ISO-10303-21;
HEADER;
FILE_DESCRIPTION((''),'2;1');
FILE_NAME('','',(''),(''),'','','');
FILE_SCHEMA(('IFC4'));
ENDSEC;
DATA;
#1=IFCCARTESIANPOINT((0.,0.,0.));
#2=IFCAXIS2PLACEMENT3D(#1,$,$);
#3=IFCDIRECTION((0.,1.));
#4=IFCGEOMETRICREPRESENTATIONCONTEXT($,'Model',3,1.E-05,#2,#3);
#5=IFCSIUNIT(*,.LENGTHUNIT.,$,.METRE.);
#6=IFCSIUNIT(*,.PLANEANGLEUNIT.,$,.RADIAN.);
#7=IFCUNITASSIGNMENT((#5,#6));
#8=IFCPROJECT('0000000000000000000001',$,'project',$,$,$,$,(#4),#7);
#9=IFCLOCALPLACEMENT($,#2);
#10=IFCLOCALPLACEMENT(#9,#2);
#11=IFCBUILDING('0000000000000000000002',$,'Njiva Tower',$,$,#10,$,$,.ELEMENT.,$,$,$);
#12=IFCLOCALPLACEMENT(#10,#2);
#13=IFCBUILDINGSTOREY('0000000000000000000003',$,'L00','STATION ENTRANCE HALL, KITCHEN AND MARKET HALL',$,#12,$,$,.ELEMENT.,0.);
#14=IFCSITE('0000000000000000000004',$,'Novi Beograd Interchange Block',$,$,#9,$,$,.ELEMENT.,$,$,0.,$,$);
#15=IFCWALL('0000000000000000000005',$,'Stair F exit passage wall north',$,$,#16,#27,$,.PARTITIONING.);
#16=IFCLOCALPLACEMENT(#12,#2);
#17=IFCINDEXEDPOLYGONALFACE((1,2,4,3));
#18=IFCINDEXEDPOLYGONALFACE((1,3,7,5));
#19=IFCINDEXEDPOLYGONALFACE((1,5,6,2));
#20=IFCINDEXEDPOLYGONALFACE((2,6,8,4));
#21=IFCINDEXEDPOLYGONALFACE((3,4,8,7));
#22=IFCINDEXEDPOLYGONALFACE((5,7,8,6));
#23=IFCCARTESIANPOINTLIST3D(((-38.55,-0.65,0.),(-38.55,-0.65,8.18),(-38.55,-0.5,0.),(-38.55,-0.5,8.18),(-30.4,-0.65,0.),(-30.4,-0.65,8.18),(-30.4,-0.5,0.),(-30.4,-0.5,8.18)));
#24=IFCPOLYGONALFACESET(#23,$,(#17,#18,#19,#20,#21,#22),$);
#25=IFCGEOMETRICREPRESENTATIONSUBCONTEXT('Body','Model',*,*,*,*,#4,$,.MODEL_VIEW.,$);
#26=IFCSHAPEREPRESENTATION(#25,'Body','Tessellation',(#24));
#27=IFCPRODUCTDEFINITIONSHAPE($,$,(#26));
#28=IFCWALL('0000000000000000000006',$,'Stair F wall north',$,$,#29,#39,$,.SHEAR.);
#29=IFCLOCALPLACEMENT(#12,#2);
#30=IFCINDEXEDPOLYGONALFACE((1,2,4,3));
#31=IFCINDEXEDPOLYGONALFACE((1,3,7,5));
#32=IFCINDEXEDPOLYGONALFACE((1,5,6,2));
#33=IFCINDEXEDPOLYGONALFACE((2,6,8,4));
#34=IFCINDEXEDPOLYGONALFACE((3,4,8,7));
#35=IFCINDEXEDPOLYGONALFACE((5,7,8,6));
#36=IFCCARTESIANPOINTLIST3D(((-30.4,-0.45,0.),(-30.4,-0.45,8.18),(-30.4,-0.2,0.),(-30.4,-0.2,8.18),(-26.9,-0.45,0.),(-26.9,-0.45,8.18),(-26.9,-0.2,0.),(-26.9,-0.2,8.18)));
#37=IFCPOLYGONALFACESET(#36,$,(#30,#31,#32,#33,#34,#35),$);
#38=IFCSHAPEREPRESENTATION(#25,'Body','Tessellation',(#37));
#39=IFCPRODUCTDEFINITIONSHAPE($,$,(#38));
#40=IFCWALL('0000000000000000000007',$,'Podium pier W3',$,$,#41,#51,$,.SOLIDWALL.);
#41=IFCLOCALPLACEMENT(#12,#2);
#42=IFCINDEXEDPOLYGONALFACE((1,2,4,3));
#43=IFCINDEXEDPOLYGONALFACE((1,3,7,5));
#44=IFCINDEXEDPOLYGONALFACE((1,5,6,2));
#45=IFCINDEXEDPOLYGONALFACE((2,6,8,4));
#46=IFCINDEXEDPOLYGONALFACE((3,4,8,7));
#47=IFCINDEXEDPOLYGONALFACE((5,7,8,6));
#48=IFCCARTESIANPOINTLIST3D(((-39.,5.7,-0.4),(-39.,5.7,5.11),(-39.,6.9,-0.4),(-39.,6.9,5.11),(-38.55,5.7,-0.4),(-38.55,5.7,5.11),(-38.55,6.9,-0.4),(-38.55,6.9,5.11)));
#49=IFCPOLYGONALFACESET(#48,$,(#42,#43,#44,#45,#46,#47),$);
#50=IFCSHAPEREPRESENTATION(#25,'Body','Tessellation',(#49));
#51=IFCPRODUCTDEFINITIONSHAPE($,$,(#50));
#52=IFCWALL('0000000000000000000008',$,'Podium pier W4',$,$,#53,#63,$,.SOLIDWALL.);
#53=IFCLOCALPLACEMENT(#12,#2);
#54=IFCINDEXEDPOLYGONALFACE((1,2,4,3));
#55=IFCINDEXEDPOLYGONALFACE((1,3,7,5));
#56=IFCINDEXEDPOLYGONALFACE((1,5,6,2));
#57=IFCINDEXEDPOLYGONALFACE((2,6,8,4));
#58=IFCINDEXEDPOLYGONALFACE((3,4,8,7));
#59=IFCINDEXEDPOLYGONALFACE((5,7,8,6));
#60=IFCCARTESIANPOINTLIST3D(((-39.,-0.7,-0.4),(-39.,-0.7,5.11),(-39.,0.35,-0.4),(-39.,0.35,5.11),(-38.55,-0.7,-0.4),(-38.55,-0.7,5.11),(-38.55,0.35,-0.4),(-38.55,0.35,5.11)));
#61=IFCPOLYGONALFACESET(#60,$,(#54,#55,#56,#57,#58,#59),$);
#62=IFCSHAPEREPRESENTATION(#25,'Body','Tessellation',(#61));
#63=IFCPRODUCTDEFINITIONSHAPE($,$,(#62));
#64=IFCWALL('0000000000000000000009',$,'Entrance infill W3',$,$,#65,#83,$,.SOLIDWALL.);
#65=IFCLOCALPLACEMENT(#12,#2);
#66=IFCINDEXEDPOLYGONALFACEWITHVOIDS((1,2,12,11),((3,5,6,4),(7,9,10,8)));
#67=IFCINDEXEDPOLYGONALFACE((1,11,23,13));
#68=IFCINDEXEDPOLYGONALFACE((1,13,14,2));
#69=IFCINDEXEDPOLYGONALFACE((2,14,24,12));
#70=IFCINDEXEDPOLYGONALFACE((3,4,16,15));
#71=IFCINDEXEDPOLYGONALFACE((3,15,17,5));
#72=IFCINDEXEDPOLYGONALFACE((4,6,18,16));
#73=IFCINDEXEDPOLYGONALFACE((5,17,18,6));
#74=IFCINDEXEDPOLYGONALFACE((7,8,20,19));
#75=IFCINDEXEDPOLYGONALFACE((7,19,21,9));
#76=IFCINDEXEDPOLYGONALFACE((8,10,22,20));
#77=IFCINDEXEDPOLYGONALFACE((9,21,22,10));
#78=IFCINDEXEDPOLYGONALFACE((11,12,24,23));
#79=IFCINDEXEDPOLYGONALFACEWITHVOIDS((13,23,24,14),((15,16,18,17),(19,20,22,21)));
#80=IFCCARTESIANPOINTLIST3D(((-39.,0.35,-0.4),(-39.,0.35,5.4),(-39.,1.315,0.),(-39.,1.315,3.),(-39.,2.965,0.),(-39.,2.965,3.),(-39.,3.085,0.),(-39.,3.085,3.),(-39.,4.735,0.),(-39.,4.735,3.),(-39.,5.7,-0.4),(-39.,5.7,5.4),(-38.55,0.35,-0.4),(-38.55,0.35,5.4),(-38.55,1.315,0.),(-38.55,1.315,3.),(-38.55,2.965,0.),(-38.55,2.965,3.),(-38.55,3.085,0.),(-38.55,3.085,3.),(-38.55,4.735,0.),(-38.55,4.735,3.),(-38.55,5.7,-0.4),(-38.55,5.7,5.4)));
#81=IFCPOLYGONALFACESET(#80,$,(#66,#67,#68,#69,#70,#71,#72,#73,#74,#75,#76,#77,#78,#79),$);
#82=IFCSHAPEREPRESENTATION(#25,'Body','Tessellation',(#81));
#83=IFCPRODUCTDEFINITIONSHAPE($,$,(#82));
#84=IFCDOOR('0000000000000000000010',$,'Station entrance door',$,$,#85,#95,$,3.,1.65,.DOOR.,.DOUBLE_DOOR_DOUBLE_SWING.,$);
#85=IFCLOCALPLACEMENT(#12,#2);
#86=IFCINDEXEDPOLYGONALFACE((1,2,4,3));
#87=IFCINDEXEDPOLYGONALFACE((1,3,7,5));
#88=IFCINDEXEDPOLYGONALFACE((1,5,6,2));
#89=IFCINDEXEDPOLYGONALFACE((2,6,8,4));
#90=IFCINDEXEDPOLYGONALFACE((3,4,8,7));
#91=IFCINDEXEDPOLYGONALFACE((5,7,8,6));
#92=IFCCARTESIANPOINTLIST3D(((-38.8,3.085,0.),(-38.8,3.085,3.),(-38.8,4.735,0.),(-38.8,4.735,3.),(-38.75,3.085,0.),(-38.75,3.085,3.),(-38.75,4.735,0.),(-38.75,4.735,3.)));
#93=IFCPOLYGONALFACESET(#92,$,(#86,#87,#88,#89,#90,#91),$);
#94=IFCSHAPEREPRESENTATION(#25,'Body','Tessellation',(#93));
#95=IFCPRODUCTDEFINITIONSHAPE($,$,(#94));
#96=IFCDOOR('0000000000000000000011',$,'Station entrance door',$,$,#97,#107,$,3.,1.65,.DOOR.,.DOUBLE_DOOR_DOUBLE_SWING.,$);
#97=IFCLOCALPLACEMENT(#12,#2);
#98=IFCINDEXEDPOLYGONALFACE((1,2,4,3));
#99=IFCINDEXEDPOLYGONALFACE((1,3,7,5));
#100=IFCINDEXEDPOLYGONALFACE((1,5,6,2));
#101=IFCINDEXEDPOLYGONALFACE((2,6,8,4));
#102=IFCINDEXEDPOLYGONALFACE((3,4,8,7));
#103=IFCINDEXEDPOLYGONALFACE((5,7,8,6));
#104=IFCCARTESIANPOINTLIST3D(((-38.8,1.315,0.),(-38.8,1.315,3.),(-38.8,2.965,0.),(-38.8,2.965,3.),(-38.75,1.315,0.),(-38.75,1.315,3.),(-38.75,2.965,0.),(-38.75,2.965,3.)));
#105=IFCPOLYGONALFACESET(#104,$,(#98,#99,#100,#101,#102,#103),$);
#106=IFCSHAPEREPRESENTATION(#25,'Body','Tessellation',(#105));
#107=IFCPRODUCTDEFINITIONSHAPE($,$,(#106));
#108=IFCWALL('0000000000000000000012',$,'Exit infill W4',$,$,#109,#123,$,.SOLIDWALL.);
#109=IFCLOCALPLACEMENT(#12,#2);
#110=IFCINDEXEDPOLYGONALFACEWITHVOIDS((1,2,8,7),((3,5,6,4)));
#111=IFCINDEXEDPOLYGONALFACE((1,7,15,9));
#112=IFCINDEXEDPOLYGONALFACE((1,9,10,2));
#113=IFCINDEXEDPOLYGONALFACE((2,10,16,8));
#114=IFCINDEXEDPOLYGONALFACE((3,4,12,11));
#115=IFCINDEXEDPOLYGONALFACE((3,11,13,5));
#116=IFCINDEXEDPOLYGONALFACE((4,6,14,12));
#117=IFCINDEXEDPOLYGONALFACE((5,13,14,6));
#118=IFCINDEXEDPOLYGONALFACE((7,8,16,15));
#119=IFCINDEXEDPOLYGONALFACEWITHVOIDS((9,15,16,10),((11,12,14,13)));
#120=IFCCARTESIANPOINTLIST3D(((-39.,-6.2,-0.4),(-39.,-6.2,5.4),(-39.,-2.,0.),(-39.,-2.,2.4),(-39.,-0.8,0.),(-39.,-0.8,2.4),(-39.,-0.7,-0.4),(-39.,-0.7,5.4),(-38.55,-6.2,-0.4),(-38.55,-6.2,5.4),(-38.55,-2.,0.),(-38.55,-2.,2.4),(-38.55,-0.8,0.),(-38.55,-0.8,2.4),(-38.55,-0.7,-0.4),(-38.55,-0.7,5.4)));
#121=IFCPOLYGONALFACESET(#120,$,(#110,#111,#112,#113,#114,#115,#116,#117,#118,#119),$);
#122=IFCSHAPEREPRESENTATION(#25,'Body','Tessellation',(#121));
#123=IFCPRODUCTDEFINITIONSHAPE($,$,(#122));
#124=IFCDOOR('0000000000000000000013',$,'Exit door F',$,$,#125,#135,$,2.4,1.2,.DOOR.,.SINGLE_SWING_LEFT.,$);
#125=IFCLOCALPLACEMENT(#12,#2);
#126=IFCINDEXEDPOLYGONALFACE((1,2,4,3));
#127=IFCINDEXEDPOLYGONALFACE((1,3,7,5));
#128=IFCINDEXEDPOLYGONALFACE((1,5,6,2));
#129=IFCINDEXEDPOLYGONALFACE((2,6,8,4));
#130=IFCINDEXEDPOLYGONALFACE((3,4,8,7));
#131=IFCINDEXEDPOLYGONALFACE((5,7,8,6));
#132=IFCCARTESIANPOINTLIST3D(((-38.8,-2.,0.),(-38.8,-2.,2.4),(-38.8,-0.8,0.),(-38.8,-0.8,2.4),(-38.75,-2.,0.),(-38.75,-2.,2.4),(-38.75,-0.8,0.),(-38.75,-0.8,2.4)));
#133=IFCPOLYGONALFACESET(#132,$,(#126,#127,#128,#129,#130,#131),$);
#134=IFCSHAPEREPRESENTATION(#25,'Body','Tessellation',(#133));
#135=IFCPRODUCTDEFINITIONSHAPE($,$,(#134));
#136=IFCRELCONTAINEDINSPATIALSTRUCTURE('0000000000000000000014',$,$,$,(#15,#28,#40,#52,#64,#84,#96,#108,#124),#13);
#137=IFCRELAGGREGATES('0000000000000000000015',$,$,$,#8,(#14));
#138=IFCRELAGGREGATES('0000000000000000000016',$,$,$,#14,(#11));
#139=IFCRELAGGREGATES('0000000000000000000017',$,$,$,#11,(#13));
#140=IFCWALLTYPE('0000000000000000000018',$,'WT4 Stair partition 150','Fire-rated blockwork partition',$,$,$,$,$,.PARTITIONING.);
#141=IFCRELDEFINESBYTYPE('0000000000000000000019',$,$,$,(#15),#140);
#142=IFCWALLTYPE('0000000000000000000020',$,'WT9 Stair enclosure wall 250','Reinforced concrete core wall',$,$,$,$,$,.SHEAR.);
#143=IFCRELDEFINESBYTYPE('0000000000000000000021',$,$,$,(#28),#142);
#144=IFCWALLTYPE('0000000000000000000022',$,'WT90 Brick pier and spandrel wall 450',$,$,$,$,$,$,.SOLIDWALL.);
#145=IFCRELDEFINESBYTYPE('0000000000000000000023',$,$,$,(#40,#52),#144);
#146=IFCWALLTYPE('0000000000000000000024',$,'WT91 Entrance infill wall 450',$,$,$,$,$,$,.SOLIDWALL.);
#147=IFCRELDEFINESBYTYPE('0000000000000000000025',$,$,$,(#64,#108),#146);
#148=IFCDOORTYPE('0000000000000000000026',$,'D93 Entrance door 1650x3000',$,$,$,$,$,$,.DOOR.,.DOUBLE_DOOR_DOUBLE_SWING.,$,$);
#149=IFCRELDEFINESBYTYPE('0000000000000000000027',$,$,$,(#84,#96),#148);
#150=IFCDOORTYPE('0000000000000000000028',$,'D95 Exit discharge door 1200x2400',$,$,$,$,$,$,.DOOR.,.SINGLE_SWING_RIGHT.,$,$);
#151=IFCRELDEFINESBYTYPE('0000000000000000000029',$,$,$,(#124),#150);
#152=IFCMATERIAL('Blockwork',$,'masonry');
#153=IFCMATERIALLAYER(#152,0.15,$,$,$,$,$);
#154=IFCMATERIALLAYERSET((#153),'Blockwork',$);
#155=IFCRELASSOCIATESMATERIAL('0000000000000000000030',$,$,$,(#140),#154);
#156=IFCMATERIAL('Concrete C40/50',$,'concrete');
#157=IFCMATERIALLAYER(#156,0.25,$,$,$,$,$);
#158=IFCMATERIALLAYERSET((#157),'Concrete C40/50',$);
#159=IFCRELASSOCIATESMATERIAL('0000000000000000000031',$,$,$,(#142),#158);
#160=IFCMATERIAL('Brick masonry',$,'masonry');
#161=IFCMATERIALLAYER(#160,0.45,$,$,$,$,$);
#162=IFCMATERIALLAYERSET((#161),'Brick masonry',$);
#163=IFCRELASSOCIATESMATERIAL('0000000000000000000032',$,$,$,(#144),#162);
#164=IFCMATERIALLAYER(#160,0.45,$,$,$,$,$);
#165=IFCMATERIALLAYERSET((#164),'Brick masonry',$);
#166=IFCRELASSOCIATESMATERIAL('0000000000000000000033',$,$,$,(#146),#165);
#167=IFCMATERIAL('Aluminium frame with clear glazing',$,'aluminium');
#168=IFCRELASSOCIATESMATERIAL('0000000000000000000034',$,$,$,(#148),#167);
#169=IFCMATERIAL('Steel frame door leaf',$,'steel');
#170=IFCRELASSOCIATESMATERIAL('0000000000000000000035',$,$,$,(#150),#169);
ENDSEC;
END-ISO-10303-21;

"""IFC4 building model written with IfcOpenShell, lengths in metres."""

from ifc_helpers import new_model, si_unit, direction, frame, frame_2d, origin, place, context, subcontext, project, spatial, polyline, rectangle, outline, extrude, material, layer, layer_set, type_object, element, fill, save


model = new_model("IFC4")

# Units and contexts
model_context = context("Model", 3, precision=1e-05, world=origin(), true_north=direction((0.0, 1.0)))
body_context = subcontext(model_context, "Body", "Model", "MODEL_VIEW")
ifc_project = project(units=[si_unit("LENGTHUNIT", "METRE"), si_unit("PLANEANGLEUNIT", "RADIAN")], contexts=[model_context])

# Site, building, storey
site_placement = place(None, origin())
site = spatial("IfcSite", under=ifc_project, at=site_placement, Name="Novi Beograd Interchange Block", CompositionType="ELEMENT", RefElevation=0.0)
building_placement = place(site_placement, origin())
building = spatial("IfcBuilding", under=site, at=building_placement, Name="Njiva Tower", CompositionType="ELEMENT")
storey_placement = place(building_placement, origin())
storey = spatial("IfcBuildingStorey", under=building, at=storey_placement, Name="L00", Description="STATION ENTRANCE HALL, KITCHEN AND MARKET HALL", CompositionType="ELEMENT", Elevation=0.0)

# Shared definitions
ifc_material_1 = material(Name="Blockwork", Category="masonry")

# Walls
ifc_layer_1 = layer(ifc_material_1, 0.15)
ifc_layer_set_1 = layer_set([ifc_layer_1], Name="Blockwork")
wall_type_1 = type_object("IfcWallType", Name="WT4 Stair partition 150", Description="Fire-rated blockwork partition", PredefinedType="PARTITIONING", material=ifc_layer_set_1)
wall_1_placement = place(storey_placement, frame((-38.55, -0.575, 0.0), z_axis=(0.0, 0.0, 1.0), x_axis=(1.0, 0.0, 0.0)))
element("IfcWall", 1, at=wall_1_placement, inside=storey, type_object=wall_type_1, Name="Stair F exit passage wall north", PredefinedType="PARTITIONING", context=body_context, shape_type="SweptSolid", body=[
    extrude(rectangle(XDim=8.15, YDim=0.15, at=frame_2d((4.075, 0.0))), origin(), (0.0, 0.0, 1.0), 8.18),
])
ifc_material_2 = material(Name="Concrete C40/50", Category="concrete")
ifc_layer_2 = layer(ifc_material_2, 0.25)
ifc_layer_set_2 = layer_set([ifc_layer_2], Name="Concrete C40/50")
wall_type_2 = type_object("IfcWallType", Name="WT9 Stair enclosure wall 250", Description="Reinforced concrete core wall", PredefinedType="SHEAR", material=ifc_layer_set_2)
wall_2_placement = place(storey_placement, frame((-30.4, -0.325, 0.0), z_axis=(0.0, 0.0, 1.0), x_axis=(1.0, 0.0, 0.0)))
element("IfcWall", 2, at=wall_2_placement, inside=storey, type_object=wall_type_2, Name="Stair F wall north", PredefinedType="SHEAR", context=body_context, shape_type="SweptSolid", body=[
    extrude(rectangle(XDim=3.5, YDim=0.25, at=frame_2d((1.75, 0.0))), origin(), (0.0, 0.0, 1.0), 8.18),
])
ifc_material_3 = material(Name="Brick masonry", Category="masonry")
ifc_layer_3 = layer(ifc_material_3, 0.45)
ifc_layer_set_3 = layer_set([ifc_layer_3], Name="Brick masonry")
wall_type_3 = type_object("IfcWallType", Name="WT90 Brick pier and spandrel wall 450", PredefinedType="SOLIDWALL", material=ifc_layer_set_3)
wall_3_placement = place(storey_placement, frame((-38.775, 6.9, -0.4), z_axis=(0.0, 0.0, 1.0), x_axis=(0.0, -1.0, 0.0)))
element("IfcWall", 3, at=wall_3_placement, inside=storey, type_object=wall_type_3, Name="Podium pier W3", PredefinedType="SOLIDWALL", context=body_context, shape_type="SweptSolid", body=[
    extrude(outline(polyline([(0.0, -0.225), (1.2, -0.225), (1.2, 0.225), (0.0, 0.225), (0.0, -0.225)])), origin(), (0.0, 0.0, 1.0), 5.51),
])
wall_4_placement = place(storey_placement, frame((-38.775, 0.35, -0.4), z_axis=(0.0, 0.0, 1.0), x_axis=(0.0, -1.0, 0.0)))
element("IfcWall", 4, at=wall_4_placement, inside=storey, type_object=wall_type_3, Name="Podium pier W4", PredefinedType="SOLIDWALL", context=body_context, shape_type="SweptSolid", body=[
    extrude(outline(polyline([(0.0, -0.225), (1.05, -0.225), (1.05, 0.225), (0.0, 0.225), (0.0, -0.225)])), origin(), (0.0, 0.0, 1.0), 5.51),
])

# Wall, openings, doors
ifc_layer_4 = layer(ifc_material_3, 0.45)
ifc_layer_set_4 = layer_set([ifc_layer_4], Name="Brick masonry")
wall_type_4 = type_object("IfcWallType", Name="WT91 Entrance infill wall 450", PredefinedType="SOLIDWALL", material=ifc_layer_set_4)
wall_5_placement = place(storey_placement, frame((-38.775, 5.7, -0.4), z_axis=(0.0, 0.0, 1.0), x_axis=(0.0, -1.0, 0.0)))
wall_5 = element("IfcWall", 5, at=wall_5_placement, inside=storey, type_object=wall_type_4, Name="Entrance infill W3", PredefinedType="SOLIDWALL", context=body_context, shape_type="SweptSolid", body=[
    extrude(outline(polyline([(0.0, -0.225), (5.35, -0.225), (5.35, 0.225), (0.0, 0.225), (0.0, -0.225)])), origin(), (0.0, 0.0, 1.0), 5.8),
])
opening_1_placement = place(wall_5_placement, frame((0.965, 0.0, 0.4)))
opening_1 = element("IfcOpeningElement", 6, at=opening_1_placement, cuts=wall_5, PredefinedType="OPENING", context=body_context, shape_type="SweptSolid", body=[
    extrude(rectangle(XDim=1.65, YDim=3.0, at=frame_2d((0.825, 1.5))), frame((0.0, 0.235, 0.0), z_axis=(0.0, -1.0, 0.0), x_axis=(1.0, 0.0, 0.0)), (0.0, 0.0, 1.0), 0.47),
])
opening_2_placement = place(wall_5_placement, frame((2.735, 0.0, 0.4)))
opening_2 = element("IfcOpeningElement", 7, at=opening_2_placement, cuts=wall_5, PredefinedType="OPENING", context=body_context, shape_type="SweptSolid", body=[
    extrude(rectangle(XDim=1.65, YDim=3.0, at=frame_2d((0.825, 1.5))), frame((0.0, 0.235, 0.0), z_axis=(0.0, -1.0, 0.0), x_axis=(1.0, 0.0, 0.0)), (0.0, 0.0, 1.0), 0.47),
])
ifc_material_4 = material(Name="Aluminium frame with clear glazing", Category="aluminium")
door_type_1 = type_object("IfcDoorType", Name="D93 Entrance door 1650x3000", OperationType="DOUBLE_DOOR_DOUBLE_SWING", PredefinedType="DOOR", material=ifc_material_4)
door_1_placement = place(opening_1_placement, frame((1.65, 0.0, 0.0), z_axis=(0.0, 0.0, 1.0), x_axis=(-1.0, 0.0, 0.0)))
door_1 = element("IfcDoor", 8, at=door_1_placement, inside=storey, type_object=door_type_1, Name="Station entrance door", OperationType="DOUBLE_DOOR_DOUBLE_SWING", OverallHeight=3.0, OverallWidth=1.65, PredefinedType="DOOR", context=body_context, shape_type="SweptSolid", body=[
    extrude(rectangle(XDim=1.65, YDim=3.0, at=frame_2d((0.825, 1.5))), frame((0.0, 0.025, 0.0), z_axis=(0.0, -1.0, 0.0), x_axis=(1.0, 0.0, 0.0)), (0.0, 0.0, 1.0), 0.05),
])
fill(opening_1, door_1)
door_2_placement = place(opening_2_placement, frame((1.65, 0.0, 0.0), z_axis=(0.0, 0.0, 1.0), x_axis=(-1.0, 0.0, 0.0)))
door_2 = element("IfcDoor", 9, at=door_2_placement, inside=storey, type_object=door_type_1, Name="Station entrance door", OperationType="DOUBLE_DOOR_DOUBLE_SWING", OverallHeight=3.0, OverallWidth=1.65, PredefinedType="DOOR", context=body_context, shape_type="SweptSolid", body=[
    extrude(rectangle(XDim=1.65, YDim=3.0, at=frame_2d((0.825, 1.5))), frame((0.0, 0.025, 0.0), z_axis=(0.0, -1.0, 0.0), x_axis=(1.0, 0.0, 0.0)), (0.0, 0.0, 1.0), 0.05),
])
fill(opening_2, door_2)

# Wall, opening, door
wall_6_placement = place(storey_placement, frame((-38.775, -0.7, -0.4), z_axis=(0.0, 0.0, 1.0), x_axis=(0.0, -1.0, 0.0)))
wall_6 = element("IfcWall", 10, at=wall_6_placement, inside=storey, type_object=wall_type_4, Name="Exit infill W4", PredefinedType="SOLIDWALL", context=body_context, shape_type="SweptSolid", body=[
    extrude(outline(polyline([(0.0, -0.225), (5.5, -0.225), (5.5, 0.225), (0.0, 0.225), (0.0, -0.225)])), origin(), (0.0, 0.0, 1.0), 5.8),
])
opening_3_placement = place(wall_6_placement, frame((0.1, 0.0, 0.4)))
opening_3 = element("IfcOpeningElement", 11, at=opening_3_placement, cuts=wall_6, PredefinedType="OPENING", context=body_context, shape_type="SweptSolid", body=[
    extrude(rectangle(XDim=1.2, YDim=2.4, at=frame_2d((0.6, 1.2))), frame((0.0, 0.235, 0.0), z_axis=(0.0, -1.0, 0.0), x_axis=(1.0, 0.0, 0.0)), (0.0, 0.0, 1.0), 0.47),
])
ifc_material_5 = material(Name="Steel frame door leaf", Category="steel")
door_type_2 = type_object("IfcDoorType", Name="D95 Exit discharge door 1200x2400", OperationType="SINGLE_SWING_RIGHT", PredefinedType="DOOR", material=ifc_material_5)
door_3_placement = place(opening_3_placement, frame((1.2, 0.0, 0.0), z_axis=(0.0, 0.0, 1.0), x_axis=(-1.0, 0.0, 0.0)))
door_3 = element("IfcDoor", 12, at=door_3_placement, inside=storey, type_object=door_type_2, Name="Exit door F", OperationType="SINGLE_SWING_LEFT", OverallHeight=2.4, OverallWidth=1.2, PredefinedType="DOOR", context=body_context, shape_type="SweptSolid", body=[
    extrude(rectangle(XDim=1.2, YDim=2.4, at=frame_2d((0.6, 1.2))), frame((0.0, 0.025, 0.0), z_axis=(0.0, -1.0, 0.0), x_axis=(1.0, 0.0, 0.0)), (0.0, 0.0, 1.0), 0.05),
])
fill(opening_3, door_3)

save(model, "model.ifc")
